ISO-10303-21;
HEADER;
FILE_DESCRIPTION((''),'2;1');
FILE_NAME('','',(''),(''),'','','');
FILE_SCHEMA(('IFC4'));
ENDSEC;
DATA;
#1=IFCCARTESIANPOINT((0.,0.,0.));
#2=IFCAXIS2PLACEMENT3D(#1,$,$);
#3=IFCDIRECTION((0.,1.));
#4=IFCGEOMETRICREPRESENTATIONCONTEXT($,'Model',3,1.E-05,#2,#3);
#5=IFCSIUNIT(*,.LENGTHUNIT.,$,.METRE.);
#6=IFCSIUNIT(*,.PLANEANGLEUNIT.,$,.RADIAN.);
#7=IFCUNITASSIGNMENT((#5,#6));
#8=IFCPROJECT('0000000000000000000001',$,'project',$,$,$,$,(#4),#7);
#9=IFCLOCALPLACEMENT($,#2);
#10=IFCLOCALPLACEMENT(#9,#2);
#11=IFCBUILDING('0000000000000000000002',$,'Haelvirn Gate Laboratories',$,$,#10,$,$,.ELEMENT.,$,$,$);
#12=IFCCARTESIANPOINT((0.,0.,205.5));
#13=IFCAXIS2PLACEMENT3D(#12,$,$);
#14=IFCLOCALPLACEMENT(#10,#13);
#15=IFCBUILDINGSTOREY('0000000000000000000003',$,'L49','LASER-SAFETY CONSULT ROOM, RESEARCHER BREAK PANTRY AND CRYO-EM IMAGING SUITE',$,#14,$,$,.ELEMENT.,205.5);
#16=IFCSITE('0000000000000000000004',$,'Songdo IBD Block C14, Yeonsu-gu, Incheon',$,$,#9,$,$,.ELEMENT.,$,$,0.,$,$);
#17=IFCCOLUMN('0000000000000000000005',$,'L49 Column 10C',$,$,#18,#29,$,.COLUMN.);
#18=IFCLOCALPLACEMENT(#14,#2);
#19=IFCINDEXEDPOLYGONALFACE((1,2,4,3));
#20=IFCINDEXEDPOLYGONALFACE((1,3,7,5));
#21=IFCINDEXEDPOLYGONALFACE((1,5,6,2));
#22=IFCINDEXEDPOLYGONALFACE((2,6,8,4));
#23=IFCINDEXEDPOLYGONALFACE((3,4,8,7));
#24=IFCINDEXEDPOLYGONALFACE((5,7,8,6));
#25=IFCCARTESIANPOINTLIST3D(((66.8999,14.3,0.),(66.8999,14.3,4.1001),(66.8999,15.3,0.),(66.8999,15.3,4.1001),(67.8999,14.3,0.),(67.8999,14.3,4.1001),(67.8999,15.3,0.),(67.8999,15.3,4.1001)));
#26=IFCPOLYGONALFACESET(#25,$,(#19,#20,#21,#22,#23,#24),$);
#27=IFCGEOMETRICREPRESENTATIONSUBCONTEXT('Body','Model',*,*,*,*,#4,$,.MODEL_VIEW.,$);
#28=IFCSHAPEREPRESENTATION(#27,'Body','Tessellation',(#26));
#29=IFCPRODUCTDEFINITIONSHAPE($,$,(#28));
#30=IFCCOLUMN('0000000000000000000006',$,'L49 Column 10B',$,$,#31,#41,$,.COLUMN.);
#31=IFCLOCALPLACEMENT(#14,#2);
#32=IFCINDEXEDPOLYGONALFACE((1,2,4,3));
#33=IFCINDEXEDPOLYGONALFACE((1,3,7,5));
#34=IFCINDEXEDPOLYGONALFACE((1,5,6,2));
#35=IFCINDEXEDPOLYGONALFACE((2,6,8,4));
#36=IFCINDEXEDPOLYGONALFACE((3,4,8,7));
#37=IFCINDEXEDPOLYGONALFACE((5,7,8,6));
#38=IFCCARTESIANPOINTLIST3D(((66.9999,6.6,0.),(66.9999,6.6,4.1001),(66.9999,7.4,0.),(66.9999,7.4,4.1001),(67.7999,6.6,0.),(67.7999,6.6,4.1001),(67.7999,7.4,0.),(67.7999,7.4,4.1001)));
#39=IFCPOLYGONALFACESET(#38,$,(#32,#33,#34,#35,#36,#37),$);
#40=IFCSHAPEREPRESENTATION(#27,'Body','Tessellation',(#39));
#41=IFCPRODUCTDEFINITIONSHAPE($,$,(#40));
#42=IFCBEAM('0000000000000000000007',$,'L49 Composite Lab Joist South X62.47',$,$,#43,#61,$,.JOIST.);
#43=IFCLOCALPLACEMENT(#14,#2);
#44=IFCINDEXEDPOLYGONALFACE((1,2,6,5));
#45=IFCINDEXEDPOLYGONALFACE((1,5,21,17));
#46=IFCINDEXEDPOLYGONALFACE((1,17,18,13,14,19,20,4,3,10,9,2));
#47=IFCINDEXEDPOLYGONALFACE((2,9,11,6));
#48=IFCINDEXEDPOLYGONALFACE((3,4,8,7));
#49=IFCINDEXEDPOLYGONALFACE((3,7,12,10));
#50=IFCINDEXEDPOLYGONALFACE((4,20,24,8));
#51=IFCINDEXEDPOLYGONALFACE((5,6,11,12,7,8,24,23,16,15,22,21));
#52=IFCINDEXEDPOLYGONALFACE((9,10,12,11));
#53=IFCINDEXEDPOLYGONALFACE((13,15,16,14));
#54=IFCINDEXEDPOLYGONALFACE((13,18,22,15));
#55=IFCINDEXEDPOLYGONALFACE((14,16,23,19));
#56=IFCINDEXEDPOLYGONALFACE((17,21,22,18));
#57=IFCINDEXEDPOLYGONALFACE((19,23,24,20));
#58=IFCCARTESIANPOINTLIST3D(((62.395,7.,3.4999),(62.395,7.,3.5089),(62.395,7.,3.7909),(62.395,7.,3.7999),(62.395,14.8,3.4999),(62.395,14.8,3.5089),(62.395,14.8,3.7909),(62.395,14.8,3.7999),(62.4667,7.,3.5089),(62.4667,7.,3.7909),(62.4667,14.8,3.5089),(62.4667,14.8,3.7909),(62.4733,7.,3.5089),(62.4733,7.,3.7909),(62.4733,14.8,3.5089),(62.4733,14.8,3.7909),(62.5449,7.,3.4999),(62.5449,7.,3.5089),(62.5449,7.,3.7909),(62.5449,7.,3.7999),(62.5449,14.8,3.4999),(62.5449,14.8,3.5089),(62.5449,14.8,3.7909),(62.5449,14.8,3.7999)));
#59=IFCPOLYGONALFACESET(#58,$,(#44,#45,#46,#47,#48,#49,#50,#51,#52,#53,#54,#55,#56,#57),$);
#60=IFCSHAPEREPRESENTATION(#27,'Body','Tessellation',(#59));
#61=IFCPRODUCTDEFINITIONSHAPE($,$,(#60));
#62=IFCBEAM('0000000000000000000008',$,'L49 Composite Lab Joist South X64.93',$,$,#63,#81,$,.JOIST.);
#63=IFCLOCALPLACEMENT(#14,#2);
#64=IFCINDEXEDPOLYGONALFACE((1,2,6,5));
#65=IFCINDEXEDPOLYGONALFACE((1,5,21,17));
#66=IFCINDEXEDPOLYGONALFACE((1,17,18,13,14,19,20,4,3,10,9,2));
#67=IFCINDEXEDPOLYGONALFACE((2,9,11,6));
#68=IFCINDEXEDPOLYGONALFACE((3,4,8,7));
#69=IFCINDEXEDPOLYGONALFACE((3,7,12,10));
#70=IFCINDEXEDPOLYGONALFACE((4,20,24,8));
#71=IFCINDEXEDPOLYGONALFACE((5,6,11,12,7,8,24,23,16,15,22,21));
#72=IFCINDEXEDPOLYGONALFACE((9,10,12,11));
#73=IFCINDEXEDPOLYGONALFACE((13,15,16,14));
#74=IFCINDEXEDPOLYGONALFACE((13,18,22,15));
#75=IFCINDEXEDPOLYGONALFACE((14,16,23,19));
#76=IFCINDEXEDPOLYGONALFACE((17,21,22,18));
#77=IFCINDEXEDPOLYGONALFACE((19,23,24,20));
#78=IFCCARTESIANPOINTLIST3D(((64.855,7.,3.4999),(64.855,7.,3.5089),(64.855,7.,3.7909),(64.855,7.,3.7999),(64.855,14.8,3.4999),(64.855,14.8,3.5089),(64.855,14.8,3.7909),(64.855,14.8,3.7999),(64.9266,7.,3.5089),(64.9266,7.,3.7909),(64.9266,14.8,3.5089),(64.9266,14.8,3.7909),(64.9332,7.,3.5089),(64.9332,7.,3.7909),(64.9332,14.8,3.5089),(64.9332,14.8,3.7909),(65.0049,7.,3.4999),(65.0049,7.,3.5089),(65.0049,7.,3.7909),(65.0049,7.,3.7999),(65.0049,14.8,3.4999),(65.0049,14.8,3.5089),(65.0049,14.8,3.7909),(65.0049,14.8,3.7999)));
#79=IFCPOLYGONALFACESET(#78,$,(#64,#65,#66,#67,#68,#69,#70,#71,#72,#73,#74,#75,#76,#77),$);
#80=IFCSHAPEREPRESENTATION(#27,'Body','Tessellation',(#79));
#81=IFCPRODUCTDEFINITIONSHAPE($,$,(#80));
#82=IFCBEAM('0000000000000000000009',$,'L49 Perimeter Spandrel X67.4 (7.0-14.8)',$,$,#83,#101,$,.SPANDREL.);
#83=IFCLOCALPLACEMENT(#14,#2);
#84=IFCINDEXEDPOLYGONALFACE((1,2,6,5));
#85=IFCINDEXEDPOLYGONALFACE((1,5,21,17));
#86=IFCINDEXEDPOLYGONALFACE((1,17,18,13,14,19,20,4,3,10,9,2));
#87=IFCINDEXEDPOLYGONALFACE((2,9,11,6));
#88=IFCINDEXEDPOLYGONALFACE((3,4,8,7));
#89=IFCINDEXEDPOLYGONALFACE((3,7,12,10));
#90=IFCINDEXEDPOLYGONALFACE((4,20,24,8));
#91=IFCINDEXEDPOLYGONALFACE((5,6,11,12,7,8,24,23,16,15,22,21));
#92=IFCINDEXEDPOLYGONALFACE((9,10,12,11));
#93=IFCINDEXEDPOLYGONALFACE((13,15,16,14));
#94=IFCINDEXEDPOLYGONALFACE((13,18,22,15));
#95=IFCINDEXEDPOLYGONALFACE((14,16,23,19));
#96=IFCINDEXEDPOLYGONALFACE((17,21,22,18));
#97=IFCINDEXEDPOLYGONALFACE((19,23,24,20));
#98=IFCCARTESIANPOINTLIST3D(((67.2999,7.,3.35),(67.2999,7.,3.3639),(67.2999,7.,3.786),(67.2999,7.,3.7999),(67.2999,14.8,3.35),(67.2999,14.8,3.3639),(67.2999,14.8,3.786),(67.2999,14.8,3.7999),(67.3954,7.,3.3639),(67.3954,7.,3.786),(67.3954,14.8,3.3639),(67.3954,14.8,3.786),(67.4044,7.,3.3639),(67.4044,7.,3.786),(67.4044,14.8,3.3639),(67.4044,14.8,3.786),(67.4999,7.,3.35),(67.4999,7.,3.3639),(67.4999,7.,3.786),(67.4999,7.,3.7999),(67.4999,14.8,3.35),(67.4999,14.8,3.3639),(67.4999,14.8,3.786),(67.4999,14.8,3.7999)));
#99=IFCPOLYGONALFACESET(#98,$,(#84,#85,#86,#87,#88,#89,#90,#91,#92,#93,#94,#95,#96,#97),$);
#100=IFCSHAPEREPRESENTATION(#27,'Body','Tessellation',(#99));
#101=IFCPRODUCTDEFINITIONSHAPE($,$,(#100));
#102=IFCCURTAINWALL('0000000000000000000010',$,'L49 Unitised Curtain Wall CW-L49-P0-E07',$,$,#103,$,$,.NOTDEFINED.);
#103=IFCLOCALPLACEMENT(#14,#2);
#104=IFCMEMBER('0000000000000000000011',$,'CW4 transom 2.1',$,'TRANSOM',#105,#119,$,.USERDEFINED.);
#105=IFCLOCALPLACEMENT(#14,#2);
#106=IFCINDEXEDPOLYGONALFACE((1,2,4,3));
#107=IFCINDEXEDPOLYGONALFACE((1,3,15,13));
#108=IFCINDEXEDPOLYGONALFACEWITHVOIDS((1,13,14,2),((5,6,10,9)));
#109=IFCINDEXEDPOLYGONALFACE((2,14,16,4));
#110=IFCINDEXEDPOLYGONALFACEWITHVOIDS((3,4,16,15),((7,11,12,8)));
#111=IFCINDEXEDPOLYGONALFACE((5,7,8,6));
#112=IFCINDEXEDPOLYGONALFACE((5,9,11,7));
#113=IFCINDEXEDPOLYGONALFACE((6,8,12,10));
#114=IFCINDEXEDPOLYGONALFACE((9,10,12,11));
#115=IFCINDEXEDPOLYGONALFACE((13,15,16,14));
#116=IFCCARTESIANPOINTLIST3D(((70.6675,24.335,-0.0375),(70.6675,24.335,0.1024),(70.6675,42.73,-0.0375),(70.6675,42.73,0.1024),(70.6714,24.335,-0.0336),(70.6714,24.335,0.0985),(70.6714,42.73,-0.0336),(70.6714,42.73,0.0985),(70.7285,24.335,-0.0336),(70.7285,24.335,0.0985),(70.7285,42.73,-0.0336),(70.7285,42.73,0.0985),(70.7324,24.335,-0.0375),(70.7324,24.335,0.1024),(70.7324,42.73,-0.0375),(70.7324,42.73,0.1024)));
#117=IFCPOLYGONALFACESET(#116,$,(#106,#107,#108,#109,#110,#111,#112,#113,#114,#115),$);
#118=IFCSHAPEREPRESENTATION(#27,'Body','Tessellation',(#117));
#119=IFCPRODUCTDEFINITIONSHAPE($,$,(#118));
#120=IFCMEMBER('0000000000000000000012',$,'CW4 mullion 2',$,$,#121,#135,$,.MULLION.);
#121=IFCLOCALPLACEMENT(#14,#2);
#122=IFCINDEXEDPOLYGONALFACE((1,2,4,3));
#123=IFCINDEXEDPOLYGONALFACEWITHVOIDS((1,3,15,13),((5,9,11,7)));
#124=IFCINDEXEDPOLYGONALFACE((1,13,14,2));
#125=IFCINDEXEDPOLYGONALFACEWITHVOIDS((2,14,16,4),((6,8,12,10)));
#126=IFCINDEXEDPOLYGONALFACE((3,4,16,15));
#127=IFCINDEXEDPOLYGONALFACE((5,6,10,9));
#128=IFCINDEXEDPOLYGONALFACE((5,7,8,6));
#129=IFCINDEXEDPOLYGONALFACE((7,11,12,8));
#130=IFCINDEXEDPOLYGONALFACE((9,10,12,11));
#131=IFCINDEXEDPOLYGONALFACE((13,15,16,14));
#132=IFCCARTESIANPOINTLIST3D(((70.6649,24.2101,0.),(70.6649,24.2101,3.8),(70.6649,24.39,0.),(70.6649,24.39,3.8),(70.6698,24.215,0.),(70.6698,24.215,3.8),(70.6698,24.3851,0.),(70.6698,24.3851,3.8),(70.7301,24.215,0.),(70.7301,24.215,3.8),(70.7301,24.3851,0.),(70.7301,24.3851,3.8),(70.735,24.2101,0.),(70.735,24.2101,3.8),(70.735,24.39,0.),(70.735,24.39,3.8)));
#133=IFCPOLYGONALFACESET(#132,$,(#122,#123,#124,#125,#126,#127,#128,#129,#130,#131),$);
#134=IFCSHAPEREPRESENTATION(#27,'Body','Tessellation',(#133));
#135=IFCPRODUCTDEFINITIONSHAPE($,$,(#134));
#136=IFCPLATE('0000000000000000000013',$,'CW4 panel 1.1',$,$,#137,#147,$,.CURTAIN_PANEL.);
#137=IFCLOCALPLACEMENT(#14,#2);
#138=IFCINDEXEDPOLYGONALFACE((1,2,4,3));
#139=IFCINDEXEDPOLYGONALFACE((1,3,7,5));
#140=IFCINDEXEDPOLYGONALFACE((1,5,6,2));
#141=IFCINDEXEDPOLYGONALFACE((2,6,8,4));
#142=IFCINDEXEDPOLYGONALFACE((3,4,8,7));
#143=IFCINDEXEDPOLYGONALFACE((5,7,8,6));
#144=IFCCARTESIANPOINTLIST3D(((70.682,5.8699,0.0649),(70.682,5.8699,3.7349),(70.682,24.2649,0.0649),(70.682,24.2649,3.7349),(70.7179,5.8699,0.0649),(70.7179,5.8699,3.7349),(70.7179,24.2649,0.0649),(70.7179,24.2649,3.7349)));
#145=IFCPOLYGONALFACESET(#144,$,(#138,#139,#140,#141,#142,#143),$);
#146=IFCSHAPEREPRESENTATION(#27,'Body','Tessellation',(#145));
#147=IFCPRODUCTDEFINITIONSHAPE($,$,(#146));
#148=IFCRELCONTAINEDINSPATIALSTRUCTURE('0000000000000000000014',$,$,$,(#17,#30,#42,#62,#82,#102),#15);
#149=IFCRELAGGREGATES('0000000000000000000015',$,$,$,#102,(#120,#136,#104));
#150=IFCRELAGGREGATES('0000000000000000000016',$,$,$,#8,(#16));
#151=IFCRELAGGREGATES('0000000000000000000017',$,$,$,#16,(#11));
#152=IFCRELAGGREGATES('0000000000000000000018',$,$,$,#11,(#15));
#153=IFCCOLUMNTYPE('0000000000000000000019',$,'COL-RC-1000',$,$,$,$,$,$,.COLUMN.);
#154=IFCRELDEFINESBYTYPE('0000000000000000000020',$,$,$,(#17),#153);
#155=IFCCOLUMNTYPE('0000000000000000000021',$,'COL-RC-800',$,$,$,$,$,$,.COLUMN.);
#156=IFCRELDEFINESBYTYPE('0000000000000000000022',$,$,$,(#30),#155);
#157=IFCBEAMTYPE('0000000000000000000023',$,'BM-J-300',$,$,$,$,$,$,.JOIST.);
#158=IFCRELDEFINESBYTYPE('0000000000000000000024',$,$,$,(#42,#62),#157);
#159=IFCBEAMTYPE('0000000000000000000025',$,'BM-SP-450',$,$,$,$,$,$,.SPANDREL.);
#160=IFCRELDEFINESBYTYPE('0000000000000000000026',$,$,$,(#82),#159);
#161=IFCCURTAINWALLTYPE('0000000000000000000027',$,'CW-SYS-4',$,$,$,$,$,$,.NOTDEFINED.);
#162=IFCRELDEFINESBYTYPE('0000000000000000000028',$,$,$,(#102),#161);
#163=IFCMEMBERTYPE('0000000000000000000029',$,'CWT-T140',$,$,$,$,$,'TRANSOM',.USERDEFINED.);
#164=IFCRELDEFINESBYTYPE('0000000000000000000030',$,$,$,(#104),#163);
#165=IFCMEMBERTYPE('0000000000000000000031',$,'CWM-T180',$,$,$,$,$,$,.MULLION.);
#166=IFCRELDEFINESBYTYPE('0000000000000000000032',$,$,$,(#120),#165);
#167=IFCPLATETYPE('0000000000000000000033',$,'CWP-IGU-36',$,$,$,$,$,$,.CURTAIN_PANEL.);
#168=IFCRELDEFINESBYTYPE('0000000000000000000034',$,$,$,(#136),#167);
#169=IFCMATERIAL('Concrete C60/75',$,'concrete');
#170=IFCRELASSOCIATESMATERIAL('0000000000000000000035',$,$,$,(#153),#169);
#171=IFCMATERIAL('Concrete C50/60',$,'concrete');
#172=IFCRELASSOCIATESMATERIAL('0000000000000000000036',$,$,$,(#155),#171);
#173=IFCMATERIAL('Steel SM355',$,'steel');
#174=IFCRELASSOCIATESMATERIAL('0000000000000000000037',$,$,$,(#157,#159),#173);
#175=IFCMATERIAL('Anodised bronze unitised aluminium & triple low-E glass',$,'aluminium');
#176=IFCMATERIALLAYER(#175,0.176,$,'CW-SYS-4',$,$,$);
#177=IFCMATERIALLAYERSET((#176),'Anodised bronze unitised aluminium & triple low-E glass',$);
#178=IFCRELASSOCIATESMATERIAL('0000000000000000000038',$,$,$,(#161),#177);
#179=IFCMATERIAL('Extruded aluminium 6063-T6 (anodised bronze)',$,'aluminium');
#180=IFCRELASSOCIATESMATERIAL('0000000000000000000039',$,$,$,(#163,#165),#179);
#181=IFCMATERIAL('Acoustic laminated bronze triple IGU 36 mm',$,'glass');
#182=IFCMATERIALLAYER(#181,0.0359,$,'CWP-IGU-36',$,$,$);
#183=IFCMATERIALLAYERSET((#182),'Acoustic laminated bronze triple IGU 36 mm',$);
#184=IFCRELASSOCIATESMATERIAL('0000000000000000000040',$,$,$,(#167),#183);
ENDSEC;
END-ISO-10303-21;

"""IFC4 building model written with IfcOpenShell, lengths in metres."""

from ifc_helpers import new_model, si_unit, direction, frame, origin, origin_2d, place, context, subcontext, project, spatial, rectangle, hollow_rectangle, i_section, extrude, source, transform, mapped, material, layer, layer_set, material_profile, profile_set, type_object, type_shapes, element, aggregate, save


model = new_model("IFC4")

# Units and contexts
model_context = context("Model", 3, precision=1e-05, world=origin(), true_north=direction((0.0, 1.0)))
body_context = subcontext(model_context, "Body", "Model", "MODEL_VIEW")
ifc_project = project(units=[si_unit("LENGTHUNIT", "METRE"), si_unit("PLANEANGLEUNIT", "RADIAN")], contexts=[model_context])

# Site, building, storey
site_placement = place(None, origin())
site = spatial("IfcSite", under=ifc_project, at=site_placement, Name="Songdo IBD Block C14, Yeonsu-gu, Incheon", CompositionType="ELEMENT", RefElevation=0.0)
building_placement = place(site_placement, origin())
building = spatial("IfcBuilding", under=site, at=building_placement, Name="Haelvirn Gate Laboratories", CompositionType="ELEMENT")
storey_placement = place(building_placement, frame((0.0, 0.0, 205.5)))
storey = spatial("IfcBuildingStorey", under=building, at=storey_placement, Name="L49", Description="LASER-SAFETY CONSULT ROOM, RESEARCHER BREAK PANTRY AND CRYO-EM IMAGING SUITE", CompositionType="ELEMENT", Elevation=205.5)

# Columns
ifc_material_1 = material(Name="Concrete C60/75", Category="concrete")
ifc_material_profile_1 = material_profile(ifc_material_1, rectangle(XDim=1.0, YDim=1.0, at=origin_2d()), Name="RC-1000x1000")
ifc_profile_set_1 = profile_set([ifc_material_profile_1], Name="Concrete C60/75")
column_type_1 = type_object("IfcColumnType", Name="COL-RC-1000", PredefinedType="COLUMN", material=ifc_profile_set_1)
shared_shape_1 = source(origin(), body_context, "Body", "SweptSolid", [
    extrude(rectangle(XDim=1.0, YDim=1.0, at=origin_2d()), origin(), (0.0, 0.0, 1.0), 4.1001),
])
type_shapes(column_type_1, [shared_shape_1])
column_1_placement = place(storey_placement, frame((67.3999, 14.8, 0.0), z_axis=(0.0, 0.0, 1.0), x_axis=(1.0, 0.0, 0.0)))
element("IfcColumn", 1, at=column_1_placement, inside=storey, type_object=column_type_1, Name="L49 Column 10C", PredefinedType="COLUMN", context=body_context, shape_type="MappedRepresentation", body=[
    mapped(shared_shape_1, transform((0.0, 0.0, 0.0), scale=1.0)),
])
ifc_material_2 = material(Name="Concrete C50/60", Category="concrete")
ifc_material_profile_2 = material_profile(ifc_material_2, rectangle(XDim=0.8, YDim=0.8, at=origin_2d()), Name="RC-800x800")
ifc_profile_set_2 = profile_set([ifc_material_profile_2], Name="Concrete C50/60")
column_type_2 = type_object("IfcColumnType", Name="COL-RC-800", PredefinedType="COLUMN", material=ifc_profile_set_2)
shared_shape_2 = source(origin(), body_context, "Body", "SweptSolid", [
    extrude(rectangle(XDim=0.8, YDim=0.8, at=origin_2d()), origin(), (0.0, 0.0, 1.0), 4.1001),
])
type_shapes(column_type_2, [shared_shape_2])
column_2_placement = place(storey_placement, frame((67.3999, 7.0, 0.0), z_axis=(0.0, 0.0, 1.0), x_axis=(1.0, 0.0, 0.0)))
element("IfcColumn", 2, at=column_2_placement, inside=storey, type_object=column_type_2, Name="L49 Column 10B", PredefinedType="COLUMN", context=body_context, shape_type="MappedRepresentation", body=[
    mapped(shared_shape_2, transform((0.0, 0.0, 0.0), scale=1.0)),
])

# Beams
ifc_material_3 = material(Name="Steel SM355", Category="steel")
ifc_material_profile_3 = material_profile(ifc_material_3, i_section(OverallWidth=0.1499, OverallDepth=0.3, WebThickness=0.0066, FlangeThickness=0.009, at=origin_2d()), Name="H-300x150x6.5x9")
ifc_profile_set_3 = profile_set([ifc_material_profile_3], Name="Steel SM355")
beam_type_1 = type_object("IfcBeamType", Name="BM-J-300", PredefinedType="JOIST", material=ifc_profile_set_3)
shared_shape_3 = source(origin(), body_context, "Body", "SweptSolid", [
    extrude(i_section(OverallWidth=0.1499, OverallDepth=0.3, WebThickness=0.0066, FlangeThickness=0.009, at=origin_2d()), origin(), (0.0, 0.0, 1.0), 7.8),
])
type_shapes(beam_type_1, [shared_shape_3])
for number, where, z_axis, x_axis, name in (
    (3, (62.47, 7.0, 3.6499), (0.0, 1.0, 0.0), (-1.0, 0.0, 0.0), "L49 Composite Lab Joist South X62.47"),
    (4, (64.9299, 7.0, 3.6499), (0.0, 1.0, 0.0), (-1.0, 0.0, 0.0), "L49 Composite Lab Joist South X64.93"),
):
    element("IfcBeam", number, at=place(storey_placement, frame(where, z_axis=z_axis, x_axis=x_axis)), inside=storey, type_object=beam_type_1, Name=name, PredefinedType="JOIST", context=body_context, shape_type="MappedRepresentation", body=[
        mapped(shared_shape_3, transform((0.0, 0.0, 0.0), scale=1.0)),
    ])
ifc_material_profile_4 = material_profile(ifc_material_3, i_section(OverallWidth=0.2, OverallDepth=0.45, WebThickness=0.009, FlangeThickness=0.0139, at=origin_2d()), Name="H-450x200x9x14")
ifc_profile_set_4 = profile_set([ifc_material_profile_4], Name="Steel SM355")
beam_type_2 = type_object("IfcBeamType", Name="BM-SP-450", PredefinedType="SPANDREL", material=ifc_profile_set_4)
shared_shape_4 = source(origin(), body_context, "Body", "SweptSolid", [
    extrude(i_section(OverallWidth=0.2, OverallDepth=0.45, WebThickness=0.009, FlangeThickness=0.0139, at=origin_2d()), origin(), (0.0, 0.0, 1.0), 7.8),
])
type_shapes(beam_type_2, [shared_shape_4])
beam_placement = place(storey_placement, frame((67.3999, 7.0, 3.575), z_axis=(0.0, 1.0, 0.0), x_axis=(-1.0, 0.0, 0.0)))
element("IfcBeam", 5, at=beam_placement, inside=storey, type_object=beam_type_2, Name="L49 Perimeter Spandrel X67.4 (7.0-14.8)", PredefinedType="SPANDREL", context=body_context, shape_type="MappedRepresentation", body=[
    mapped(shared_shape_4, transform((0.0, 0.0, 0.0), scale=1.0)),
])

# Curtain wall, members, plate
ifc_material_4 = material(Name="Anodised bronze unitised aluminium & triple low-E glass", Category="aluminium")
ifc_layer_1 = layer(ifc_material_4, 0.176, Name="CW-SYS-4")
ifc_layer_set_1 = layer_set([ifc_layer_1], Name="Anodised bronze unitised aluminium & triple low-E glass")
curtain_wall_type = type_object("IfcCurtainWallType", Name="CW-SYS-4", PredefinedType="NOTDEFINED", material=ifc_layer_set_1)
curtain_wall_placement = place(storey_placement, origin())
curtain_wall = element("IfcCurtainWall", 6, at=curtain_wall_placement, inside=storey, type_object=curtain_wall_type, Name="L49 Unitised Curtain Wall CW-L49-P0-E07", PredefinedType="NOTDEFINED")
ifc_material_5 = material(Name="Extruded aluminium 6063-T6 (anodised bronze)", Category="aluminium")
ifc_material_profile_5 = material_profile(ifc_material_5, hollow_rectangle(XDim=0.0649, YDim=0.1399, WallThickness=0.0039, at=origin_2d()), Name="CWT-140x65x4")
ifc_profile_set_5 = profile_set([ifc_material_profile_5], Name="Extruded aluminium 6063-T6 (anodised bronze)")
member_type_1 = type_object("IfcMemberType", Name="CWT-T140", ElementType="TRANSOM", PredefinedType="USERDEFINED", material=ifc_profile_set_5)
shared_shape_5 = source(origin(), body_context, "Body", "SweptSolid", [
    extrude(hollow_rectangle(XDim=0.0649, YDim=0.1399, WallThickness=0.0039, at=origin_2d()), origin(), (0.0, 0.0, 1.0), 18.395),
])
type_shapes(member_type_1, [shared_shape_5])
member_1_placement = place(storey_placement, frame((70.7, 24.335, 0.0325), z_axis=(0.0, 1.0, 0.0), x_axis=(-1.0, 0.0, 0.0)))
member_1 = element("IfcMember", 7, at=member_1_placement, type_object=member_type_1, Name="CW4 transom 2.1", ObjectType="TRANSOM", PredefinedType="USERDEFINED", context=body_context, shape_type="MappedRepresentation", body=[
    mapped(shared_shape_5, transform((0.0, 0.0, 0.0), scale=1.0)),
])
ifc_material_profile_6 = material_profile(ifc_material_5, hollow_rectangle(XDim=0.0701, YDim=0.1799, WallThickness=0.0049, at=origin_2d()), Name="CWM-180x70x5")
ifc_profile_set_6 = profile_set([ifc_material_profile_6], Name="Extruded aluminium 6063-T6 (anodised bronze)")
member_type_2 = type_object("IfcMemberType", Name="CWM-T180", PredefinedType="MULLION", material=ifc_profile_set_6)
shared_shape_6 = source(origin(), body_context, "Body", "SweptSolid", [
    extrude(hollow_rectangle(XDim=0.0701, YDim=0.1799, WallThickness=0.0049, at=origin_2d()), origin(), (0.0, 0.0, 1.0), 3.8),
])
type_shapes(member_type_2, [shared_shape_6])
member_2_placement = place(storey_placement, frame((70.7, 24.3, 0.0), z_axis=(0.0, 0.0, 1.0), x_axis=(-1.0, 0.0, 0.0)))
member_2 = element("IfcMember", 8, at=member_2_placement, type_object=member_type_2, Name="CW4 mullion 2", PredefinedType="MULLION", context=body_context, shape_type="MappedRepresentation", body=[
    mapped(shared_shape_6, transform((0.0, 0.0, 0.0), scale=1.0)),
])
ifc_material_6 = material(Name="Acoustic laminated bronze triple IGU 36 mm", Category="glass")
ifc_layer_2 = layer(ifc_material_6, 0.0359, Name="CWP-IGU-36")
ifc_layer_set_2 = layer_set([ifc_layer_2], Name="Acoustic laminated bronze triple IGU 36 mm")
plate_type = type_object("IfcPlateType", Name="CWP-IGU-36", PredefinedType="CURTAIN_PANEL", material=ifc_layer_set_2)
shared_shape_7 = source(origin(), body_context, "Body", "SweptSolid", [
    extrude(rectangle(XDim=18.395, YDim=0.0359, at=origin_2d()), origin(), (0.0, 0.0, 1.0), 3.6699),
])
type_shapes(plate_type, [shared_shape_7])
plate_placement = place(storey_placement, frame((70.7, 15.0674, 0.0649), z_axis=(0.0, 0.0, 1.0), x_axis=(0.0, 1.0, 0.0)))
plate = element("IfcPlate", 9, at=plate_placement, type_object=plate_type, Name="CW4 panel 1.1", PredefinedType="CURTAIN_PANEL", context=body_context, shape_type="MappedRepresentation", body=[
    mapped(shared_shape_7, transform((0.0, 0.0, 0.0), scale=1.0)),
])
aggregate(curtain_wall, [member_2, plate, member_1])

save(model, "model.ifc")
